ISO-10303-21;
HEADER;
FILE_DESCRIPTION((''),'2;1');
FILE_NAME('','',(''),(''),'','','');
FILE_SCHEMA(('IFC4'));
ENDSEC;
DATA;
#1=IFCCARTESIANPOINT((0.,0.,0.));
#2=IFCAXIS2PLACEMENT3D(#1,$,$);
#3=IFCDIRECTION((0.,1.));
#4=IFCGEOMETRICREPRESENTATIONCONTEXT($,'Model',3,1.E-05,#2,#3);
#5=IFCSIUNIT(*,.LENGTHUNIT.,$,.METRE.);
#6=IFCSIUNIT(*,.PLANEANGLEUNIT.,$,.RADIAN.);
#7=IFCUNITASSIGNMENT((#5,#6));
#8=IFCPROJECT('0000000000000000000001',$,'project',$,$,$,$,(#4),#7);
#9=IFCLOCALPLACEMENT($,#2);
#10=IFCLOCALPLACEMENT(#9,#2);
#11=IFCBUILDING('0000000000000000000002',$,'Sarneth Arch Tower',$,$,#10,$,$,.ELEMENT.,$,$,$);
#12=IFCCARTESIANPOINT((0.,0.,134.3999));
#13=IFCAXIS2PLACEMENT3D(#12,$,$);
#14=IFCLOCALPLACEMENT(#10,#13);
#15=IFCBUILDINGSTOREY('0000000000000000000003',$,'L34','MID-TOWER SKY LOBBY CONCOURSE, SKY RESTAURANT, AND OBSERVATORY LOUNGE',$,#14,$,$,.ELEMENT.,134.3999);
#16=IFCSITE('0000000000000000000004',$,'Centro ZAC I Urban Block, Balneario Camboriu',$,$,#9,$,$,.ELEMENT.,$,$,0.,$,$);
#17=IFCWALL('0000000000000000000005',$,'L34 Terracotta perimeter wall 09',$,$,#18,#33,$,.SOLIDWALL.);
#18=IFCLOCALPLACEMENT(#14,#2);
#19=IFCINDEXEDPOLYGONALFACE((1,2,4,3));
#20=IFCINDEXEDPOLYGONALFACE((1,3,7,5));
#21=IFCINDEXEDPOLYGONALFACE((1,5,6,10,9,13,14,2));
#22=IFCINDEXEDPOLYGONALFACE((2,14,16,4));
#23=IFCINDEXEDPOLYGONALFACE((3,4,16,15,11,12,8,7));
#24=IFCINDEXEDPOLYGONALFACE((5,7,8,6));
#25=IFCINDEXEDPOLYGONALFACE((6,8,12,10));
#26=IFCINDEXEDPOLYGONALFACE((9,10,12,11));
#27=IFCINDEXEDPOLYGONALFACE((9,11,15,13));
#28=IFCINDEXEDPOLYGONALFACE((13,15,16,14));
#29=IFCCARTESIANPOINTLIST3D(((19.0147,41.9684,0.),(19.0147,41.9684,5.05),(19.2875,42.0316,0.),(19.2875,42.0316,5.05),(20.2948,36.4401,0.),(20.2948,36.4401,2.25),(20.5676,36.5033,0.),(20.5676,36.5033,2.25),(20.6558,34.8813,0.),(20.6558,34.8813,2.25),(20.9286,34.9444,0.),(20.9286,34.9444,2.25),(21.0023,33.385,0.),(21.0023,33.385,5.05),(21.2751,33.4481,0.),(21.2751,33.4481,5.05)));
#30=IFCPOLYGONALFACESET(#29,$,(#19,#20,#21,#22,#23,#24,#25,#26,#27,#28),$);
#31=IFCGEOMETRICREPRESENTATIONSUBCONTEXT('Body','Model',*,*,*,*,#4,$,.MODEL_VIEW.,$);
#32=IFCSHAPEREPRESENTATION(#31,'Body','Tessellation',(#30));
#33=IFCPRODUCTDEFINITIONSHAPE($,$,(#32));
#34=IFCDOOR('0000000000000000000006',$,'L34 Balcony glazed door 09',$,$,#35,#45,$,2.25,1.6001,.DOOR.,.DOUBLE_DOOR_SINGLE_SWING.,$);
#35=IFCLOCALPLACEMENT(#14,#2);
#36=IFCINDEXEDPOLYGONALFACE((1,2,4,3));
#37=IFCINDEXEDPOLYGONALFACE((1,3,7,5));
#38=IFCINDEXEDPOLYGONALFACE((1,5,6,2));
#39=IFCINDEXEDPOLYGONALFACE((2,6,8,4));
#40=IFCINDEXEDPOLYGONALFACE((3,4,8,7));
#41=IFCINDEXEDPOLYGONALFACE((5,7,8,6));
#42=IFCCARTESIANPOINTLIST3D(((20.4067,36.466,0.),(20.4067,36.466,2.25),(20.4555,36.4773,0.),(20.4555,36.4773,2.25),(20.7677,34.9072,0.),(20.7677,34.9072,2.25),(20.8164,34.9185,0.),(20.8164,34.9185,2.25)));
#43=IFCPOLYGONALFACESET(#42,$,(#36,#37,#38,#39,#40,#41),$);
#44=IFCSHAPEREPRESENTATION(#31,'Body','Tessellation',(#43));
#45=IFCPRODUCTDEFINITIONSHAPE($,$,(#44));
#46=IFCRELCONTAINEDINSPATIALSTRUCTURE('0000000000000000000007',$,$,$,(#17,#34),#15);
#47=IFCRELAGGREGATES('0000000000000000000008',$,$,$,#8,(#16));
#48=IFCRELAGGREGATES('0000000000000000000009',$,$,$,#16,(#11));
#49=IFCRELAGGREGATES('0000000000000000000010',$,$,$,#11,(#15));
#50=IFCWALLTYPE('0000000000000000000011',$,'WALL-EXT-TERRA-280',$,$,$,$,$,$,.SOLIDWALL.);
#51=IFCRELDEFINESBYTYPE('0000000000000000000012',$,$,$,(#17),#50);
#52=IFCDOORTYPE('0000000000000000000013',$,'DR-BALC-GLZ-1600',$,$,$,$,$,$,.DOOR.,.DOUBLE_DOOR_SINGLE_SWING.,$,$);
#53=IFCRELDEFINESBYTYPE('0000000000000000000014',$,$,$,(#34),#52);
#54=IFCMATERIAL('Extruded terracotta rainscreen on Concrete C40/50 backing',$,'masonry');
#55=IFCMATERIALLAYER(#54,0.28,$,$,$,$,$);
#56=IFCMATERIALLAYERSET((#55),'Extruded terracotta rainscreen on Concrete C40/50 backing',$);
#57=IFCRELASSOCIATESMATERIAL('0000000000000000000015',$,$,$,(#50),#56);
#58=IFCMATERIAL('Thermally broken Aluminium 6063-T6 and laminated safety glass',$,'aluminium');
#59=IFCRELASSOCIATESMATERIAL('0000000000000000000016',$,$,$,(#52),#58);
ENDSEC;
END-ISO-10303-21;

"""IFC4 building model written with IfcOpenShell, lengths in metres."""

from ifc_helpers import new_model, si_unit, direction, frame, frame_2d, origin, place, context, subcontext, project, spatial, rectangle, extrude, material, layer, layer_set, type_object, element, fill, save


model = new_model("IFC4")

# Units and contexts
model_context = context("Model", 3, precision=1e-05, world=origin(), true_north=direction((0.0, 1.0)))
body_context = subcontext(model_context, "Body", "Model", "MODEL_VIEW")
ifc_project = project(units=[si_unit("LENGTHUNIT", "METRE"), si_unit("PLANEANGLEUNIT", "RADIAN")], contexts=[model_context])

# Site, building, storey
site_placement = place(None, origin())
site = spatial("IfcSite", under=ifc_project, at=site_placement, Name="Centro ZAC I Urban Block, Balneario Camboriu", CompositionType="ELEMENT", RefElevation=0.0)
building_placement = place(site_placement, origin())
building = spatial("IfcBuilding", under=site, at=building_placement, Name="Sarneth Arch Tower", CompositionType="ELEMENT")
storey_placement = place(building_placement, frame((0.0, 0.0, 134.3999)))
storey = spatial("IfcBuildingStorey", under=building, at=storey_placement, Name="L34", Description="MID-TOWER SKY LOBBY CONCOURSE, SKY RESTAURANT, AND OBSERVATORY LOUNGE", CompositionType="ELEMENT", Elevation=134.3999)

# Shared definitions
ifc_material_1 = material(Name="Extruded terracotta rainscreen on Concrete C40/50 backing", Category="masonry")
ifc_layer_1 = layer(ifc_material_1, 0.28)
ifc_layer_set_1 = layer_set([ifc_layer_1], Name="Extruded terracotta rainscreen on Concrete C40/50 backing")
wall_type_1 = type_object("IfcWallType", Name="WALL-EXT-TERRA-280", PredefinedType="SOLIDWALL", material=ifc_layer_set_1)

# Wall, opening, door
wall_1_placement = place(storey_placement, frame((19.1511, 42.0, 0.0), z_axis=(0.0, 0.0, 1.0), x_axis=(0.225586, -0.974223, 0.0)))
wall_1 = element("IfcWall", 1, at=wall_1_placement, inside=storey, type_object=wall_type_1, Name="L34 Terracotta perimeter wall 09", PredefinedType="SOLIDWALL", context=body_context, shape_type="SweptSolid", body=[
    extrude(rectangle(XDim=8.8105, YDim=0.28, at=frame_2d((4.4053, 0.0))), origin(), (0.0, 0.0, 1.0), 5.05),
])
opening_1_placement = place(wall_1_placement, frame((5.6746, 0.0, 0.0)))
opening_1 = element("IfcOpeningElement", 2, at=opening_1_placement, cuts=wall_1, PredefinedType="OPENING", context=body_context, shape_type="SweptSolid", body=[
    extrude(rectangle(XDim=1.6001, YDim=2.25, at=frame_2d((0.8, 1.125))), frame((0.0, 0.1499, 0.0), z_axis=(0.0, -1.0, 0.0), x_axis=(1.0, 0.0, 0.0)), (0.0, 0.0, 1.0), 0.3),
])
ifc_material_2 = material(Name="Thermally broken Aluminium 6063-T6 and laminated safety glass", Category="aluminium")
door_type_1 = type_object("IfcDoorType", Name="DR-BALC-GLZ-1600", OperationType="DOUBLE_DOOR_SINGLE_SWING", PredefinedType="DOOR", material=ifc_material_2)
door_1_placement = place(opening_1_placement, origin())
door_1 = element("IfcDoor", 3, at=door_1_placement, inside=storey, type_object=door_type_1, Name="L34 Balcony glazed door 09", OperationType="DOUBLE_DOOR_SINGLE_SWING", OverallHeight=2.25, OverallWidth=1.6001, PredefinedType="DOOR", context=body_context, shape_type="SweptSolid", body=[
    extrude(rectangle(XDim=1.6001, YDim=2.25, at=frame_2d((0.8, 1.125))), frame((0.0, 0.0249, 0.0), z_axis=(0.0, -1.0, 0.0), x_axis=(1.0, 0.0, 0.0)), (0.0, 0.0, 1.0), 0.05),
])
fill(opening_1, door_1)

save(model, "model.ifc")
